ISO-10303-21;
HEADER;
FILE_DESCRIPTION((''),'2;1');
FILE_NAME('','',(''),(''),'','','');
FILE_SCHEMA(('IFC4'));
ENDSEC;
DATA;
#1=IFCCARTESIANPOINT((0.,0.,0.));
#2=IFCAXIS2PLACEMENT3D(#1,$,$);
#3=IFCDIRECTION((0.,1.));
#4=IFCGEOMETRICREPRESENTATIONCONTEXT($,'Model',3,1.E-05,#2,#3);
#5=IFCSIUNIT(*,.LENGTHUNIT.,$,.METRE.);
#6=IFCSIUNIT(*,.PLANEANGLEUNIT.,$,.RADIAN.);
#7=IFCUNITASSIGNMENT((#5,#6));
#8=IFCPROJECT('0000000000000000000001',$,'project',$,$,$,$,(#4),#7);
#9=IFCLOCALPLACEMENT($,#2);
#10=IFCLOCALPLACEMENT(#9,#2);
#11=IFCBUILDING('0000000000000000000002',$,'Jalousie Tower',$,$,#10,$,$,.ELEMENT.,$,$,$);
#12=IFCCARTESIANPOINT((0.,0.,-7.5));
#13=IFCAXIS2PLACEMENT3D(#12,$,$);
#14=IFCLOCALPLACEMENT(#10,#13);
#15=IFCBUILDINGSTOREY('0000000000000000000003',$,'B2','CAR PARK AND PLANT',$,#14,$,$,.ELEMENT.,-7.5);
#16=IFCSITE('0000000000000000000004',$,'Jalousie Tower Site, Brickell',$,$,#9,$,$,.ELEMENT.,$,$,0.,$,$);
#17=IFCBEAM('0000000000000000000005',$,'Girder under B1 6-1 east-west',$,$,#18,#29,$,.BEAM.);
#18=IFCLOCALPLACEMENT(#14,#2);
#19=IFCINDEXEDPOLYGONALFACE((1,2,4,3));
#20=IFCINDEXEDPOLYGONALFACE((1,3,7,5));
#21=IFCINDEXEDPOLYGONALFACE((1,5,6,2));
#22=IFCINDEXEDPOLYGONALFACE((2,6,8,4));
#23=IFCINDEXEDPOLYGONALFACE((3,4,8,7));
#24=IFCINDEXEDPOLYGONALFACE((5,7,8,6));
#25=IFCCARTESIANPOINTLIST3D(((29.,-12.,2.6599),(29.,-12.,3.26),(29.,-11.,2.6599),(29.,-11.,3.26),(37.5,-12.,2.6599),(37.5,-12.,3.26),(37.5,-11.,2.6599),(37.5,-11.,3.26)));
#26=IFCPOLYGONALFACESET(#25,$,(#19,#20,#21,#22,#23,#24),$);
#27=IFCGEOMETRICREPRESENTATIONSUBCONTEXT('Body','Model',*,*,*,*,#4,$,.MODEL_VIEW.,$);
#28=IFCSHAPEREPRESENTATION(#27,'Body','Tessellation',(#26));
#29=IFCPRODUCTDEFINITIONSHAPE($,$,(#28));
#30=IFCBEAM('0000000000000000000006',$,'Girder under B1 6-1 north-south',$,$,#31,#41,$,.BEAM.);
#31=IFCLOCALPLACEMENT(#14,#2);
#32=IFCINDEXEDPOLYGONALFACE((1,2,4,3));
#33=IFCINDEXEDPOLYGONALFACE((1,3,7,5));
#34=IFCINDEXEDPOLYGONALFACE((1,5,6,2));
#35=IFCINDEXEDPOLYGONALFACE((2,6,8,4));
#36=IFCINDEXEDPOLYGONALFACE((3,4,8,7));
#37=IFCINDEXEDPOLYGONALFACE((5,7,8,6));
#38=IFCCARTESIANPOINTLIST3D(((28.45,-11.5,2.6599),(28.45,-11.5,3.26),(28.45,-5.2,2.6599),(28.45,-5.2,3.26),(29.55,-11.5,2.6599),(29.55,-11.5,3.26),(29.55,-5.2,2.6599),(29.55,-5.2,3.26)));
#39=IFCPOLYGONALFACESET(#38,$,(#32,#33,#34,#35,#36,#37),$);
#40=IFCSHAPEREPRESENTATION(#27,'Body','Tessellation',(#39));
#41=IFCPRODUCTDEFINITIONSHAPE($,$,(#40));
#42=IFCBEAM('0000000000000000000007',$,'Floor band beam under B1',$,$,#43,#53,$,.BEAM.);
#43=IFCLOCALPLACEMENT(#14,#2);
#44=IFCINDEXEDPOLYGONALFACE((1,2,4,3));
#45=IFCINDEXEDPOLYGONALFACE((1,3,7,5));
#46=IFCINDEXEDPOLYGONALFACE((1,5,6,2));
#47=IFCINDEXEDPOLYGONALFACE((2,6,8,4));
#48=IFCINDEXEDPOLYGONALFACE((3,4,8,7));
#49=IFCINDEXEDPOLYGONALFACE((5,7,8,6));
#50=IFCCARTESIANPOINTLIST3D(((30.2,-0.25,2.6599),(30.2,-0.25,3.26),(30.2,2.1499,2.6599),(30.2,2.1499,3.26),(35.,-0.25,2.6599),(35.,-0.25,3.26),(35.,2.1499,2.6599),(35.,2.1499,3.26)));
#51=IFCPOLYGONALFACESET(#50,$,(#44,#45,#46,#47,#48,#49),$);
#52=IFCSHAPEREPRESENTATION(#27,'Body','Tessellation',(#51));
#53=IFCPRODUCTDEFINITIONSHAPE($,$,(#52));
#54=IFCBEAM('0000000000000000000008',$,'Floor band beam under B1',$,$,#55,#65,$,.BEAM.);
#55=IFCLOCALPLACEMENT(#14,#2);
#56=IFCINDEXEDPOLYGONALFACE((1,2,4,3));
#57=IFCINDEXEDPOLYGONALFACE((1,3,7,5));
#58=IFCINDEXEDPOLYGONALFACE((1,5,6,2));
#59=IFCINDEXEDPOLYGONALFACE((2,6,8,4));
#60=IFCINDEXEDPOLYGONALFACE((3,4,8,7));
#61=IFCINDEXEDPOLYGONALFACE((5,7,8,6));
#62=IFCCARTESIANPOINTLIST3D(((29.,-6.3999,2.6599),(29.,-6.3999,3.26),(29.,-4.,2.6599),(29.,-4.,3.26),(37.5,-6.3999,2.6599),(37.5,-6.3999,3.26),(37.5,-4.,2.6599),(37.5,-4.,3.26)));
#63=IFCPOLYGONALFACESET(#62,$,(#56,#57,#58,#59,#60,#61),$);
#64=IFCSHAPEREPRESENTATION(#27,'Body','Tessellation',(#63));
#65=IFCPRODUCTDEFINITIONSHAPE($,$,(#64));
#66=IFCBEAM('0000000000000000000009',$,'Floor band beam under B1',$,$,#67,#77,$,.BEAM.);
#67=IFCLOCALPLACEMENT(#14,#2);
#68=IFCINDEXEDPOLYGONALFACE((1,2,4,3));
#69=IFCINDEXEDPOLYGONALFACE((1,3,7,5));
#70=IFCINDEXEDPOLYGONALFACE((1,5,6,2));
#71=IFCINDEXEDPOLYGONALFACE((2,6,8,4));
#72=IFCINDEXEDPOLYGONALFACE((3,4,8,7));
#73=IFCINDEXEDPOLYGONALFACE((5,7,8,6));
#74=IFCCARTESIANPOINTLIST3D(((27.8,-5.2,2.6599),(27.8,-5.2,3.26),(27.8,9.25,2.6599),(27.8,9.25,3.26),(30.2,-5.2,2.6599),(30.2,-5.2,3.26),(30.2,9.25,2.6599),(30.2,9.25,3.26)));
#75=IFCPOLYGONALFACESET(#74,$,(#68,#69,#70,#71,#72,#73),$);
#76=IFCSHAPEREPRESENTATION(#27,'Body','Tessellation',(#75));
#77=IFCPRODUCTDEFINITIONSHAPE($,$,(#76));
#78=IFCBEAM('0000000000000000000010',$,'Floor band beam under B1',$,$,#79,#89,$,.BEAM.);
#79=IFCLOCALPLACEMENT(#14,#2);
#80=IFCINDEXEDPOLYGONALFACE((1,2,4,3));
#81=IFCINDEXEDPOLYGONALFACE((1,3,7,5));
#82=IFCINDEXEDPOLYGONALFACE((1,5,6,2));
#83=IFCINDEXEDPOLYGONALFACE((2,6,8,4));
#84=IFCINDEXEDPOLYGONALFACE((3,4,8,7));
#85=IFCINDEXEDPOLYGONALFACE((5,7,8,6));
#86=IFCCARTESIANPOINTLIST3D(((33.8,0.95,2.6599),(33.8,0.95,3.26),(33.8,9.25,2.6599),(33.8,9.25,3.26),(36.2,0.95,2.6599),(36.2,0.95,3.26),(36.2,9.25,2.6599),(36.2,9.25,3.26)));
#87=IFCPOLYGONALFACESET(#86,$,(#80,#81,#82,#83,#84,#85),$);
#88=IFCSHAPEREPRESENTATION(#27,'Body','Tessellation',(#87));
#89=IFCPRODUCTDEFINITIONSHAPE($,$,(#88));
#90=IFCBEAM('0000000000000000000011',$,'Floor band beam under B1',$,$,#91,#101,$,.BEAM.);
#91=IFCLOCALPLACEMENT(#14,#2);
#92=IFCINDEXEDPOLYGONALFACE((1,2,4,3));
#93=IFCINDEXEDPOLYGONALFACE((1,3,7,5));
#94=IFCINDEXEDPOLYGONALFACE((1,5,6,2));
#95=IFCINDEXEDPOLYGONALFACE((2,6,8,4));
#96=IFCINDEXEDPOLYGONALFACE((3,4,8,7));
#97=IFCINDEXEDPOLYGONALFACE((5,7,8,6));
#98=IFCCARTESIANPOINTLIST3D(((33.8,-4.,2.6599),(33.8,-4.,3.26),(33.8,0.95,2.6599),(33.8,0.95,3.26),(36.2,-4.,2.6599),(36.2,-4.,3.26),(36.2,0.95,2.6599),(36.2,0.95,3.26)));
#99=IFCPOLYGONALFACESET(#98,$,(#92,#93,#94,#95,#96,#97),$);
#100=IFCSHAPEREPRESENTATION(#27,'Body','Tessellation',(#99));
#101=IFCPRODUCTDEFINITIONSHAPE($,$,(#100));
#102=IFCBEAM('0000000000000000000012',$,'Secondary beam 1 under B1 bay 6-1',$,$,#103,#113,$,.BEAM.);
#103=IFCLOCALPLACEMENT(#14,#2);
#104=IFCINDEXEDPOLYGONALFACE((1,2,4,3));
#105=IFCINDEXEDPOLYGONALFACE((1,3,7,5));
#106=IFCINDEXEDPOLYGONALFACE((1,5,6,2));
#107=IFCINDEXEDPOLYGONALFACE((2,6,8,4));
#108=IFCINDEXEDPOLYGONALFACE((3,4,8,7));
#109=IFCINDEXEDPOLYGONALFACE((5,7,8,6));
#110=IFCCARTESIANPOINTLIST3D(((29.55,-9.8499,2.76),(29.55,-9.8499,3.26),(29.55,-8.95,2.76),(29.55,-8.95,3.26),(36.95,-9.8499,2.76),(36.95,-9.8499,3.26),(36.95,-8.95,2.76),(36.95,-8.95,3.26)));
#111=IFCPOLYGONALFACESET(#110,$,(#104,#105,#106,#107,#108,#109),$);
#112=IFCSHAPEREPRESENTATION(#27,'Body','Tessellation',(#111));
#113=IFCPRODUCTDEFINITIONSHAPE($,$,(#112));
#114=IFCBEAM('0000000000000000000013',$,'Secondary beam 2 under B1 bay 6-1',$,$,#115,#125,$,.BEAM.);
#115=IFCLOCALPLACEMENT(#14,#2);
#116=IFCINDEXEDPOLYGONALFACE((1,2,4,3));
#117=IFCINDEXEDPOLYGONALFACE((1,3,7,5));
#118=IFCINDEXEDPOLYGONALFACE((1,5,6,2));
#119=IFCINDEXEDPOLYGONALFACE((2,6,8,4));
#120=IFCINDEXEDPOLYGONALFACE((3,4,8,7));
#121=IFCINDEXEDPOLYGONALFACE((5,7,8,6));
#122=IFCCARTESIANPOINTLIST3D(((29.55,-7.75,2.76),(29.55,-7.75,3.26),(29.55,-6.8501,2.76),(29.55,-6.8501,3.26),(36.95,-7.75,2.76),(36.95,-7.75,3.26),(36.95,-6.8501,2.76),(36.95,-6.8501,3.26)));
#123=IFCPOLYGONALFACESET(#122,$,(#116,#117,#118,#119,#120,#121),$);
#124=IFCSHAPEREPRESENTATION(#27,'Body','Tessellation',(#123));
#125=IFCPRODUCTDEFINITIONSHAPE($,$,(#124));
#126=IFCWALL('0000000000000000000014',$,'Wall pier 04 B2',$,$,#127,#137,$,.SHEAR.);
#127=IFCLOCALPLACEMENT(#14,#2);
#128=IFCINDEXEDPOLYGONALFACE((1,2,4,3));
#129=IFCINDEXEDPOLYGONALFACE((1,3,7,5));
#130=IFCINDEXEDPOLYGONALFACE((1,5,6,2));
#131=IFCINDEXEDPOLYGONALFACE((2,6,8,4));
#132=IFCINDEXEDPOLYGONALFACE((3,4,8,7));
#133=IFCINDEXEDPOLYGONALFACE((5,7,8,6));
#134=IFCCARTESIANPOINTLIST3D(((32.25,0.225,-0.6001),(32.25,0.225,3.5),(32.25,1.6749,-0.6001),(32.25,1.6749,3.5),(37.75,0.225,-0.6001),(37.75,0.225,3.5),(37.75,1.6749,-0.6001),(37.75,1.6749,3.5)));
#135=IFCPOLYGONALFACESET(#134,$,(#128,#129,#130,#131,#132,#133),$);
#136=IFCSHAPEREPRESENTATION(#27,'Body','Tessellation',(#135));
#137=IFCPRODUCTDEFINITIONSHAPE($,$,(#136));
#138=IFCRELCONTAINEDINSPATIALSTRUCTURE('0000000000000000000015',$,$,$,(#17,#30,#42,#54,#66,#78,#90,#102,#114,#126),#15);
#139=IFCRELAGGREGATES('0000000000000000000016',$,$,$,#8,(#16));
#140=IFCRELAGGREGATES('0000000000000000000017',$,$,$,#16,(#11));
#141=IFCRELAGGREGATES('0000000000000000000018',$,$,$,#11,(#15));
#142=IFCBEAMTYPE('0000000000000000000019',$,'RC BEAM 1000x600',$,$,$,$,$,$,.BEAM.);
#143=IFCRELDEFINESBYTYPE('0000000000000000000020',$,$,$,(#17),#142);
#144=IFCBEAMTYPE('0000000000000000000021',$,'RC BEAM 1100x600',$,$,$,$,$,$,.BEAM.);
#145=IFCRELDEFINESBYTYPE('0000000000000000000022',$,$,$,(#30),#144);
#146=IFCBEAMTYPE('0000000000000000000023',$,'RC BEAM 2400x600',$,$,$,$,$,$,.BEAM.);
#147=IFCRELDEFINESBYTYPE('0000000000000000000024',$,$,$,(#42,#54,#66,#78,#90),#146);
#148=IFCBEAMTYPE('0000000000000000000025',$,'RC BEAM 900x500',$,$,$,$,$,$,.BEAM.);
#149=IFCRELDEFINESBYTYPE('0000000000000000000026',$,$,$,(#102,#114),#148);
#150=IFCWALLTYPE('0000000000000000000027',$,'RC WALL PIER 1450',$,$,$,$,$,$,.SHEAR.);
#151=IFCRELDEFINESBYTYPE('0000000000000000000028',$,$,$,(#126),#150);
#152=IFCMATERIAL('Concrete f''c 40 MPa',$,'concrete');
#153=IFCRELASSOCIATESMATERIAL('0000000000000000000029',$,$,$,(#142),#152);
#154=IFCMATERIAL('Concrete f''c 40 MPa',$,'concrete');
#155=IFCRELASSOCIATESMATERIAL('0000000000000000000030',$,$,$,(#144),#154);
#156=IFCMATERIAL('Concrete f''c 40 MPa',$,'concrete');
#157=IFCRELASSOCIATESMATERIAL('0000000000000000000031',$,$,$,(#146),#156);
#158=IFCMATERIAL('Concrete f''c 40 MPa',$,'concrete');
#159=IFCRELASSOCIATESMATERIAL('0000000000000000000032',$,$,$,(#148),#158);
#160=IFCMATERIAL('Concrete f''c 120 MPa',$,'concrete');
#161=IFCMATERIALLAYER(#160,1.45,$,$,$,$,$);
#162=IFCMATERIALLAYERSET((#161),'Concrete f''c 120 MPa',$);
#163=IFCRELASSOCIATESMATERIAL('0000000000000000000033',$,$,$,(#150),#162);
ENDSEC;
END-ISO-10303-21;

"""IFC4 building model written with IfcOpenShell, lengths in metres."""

from ifc_helpers import new_model, si_unit, direction, frame, frame_2d, origin, origin_2d, place, context, subcontext, project, spatial, rectangle, extrude, material, layer, layer_set, material_profile, profile_set, type_object, element, save


model = new_model("IFC4")

# Units and contexts
model_context = context("Model", 3, precision=1e-05, world=origin(), true_north=direction((0.0, 1.0)))
body_context = subcontext(model_context, "Body", "Model", "MODEL_VIEW")
ifc_project = project(units=[si_unit("LENGTHUNIT", "METRE"), si_unit("PLANEANGLEUNIT", "RADIAN")], contexts=[model_context])

# Site, building, storey
site_placement = place(None, origin())
site = spatial("IfcSite", under=ifc_project, at=site_placement, Name="Jalousie Tower Site, Brickell", CompositionType="ELEMENT", RefElevation=0.0)
building_placement = place(site_placement, origin())
building = spatial("IfcBuilding", under=site, at=building_placement, Name="Jalousie Tower", CompositionType="ELEMENT")
storey_placement = place(building_placement, frame((0.0, 0.0, -7.5)))
storey = spatial("IfcBuildingStorey", under=building, at=storey_placement, Name="B2", Description="CAR PARK AND PLANT", CompositionType="ELEMENT", Elevation=-7.5)

# Beams
ifc_material_1 = material(Name="Concrete f'c 40 MPa", Category="concrete")
ifc_material_profile_1 = material_profile(ifc_material_1, rectangle(XDim=1.0, YDim=0.6001, at=origin_2d()), Name="RC 1000x600")
ifc_profile_set_1 = profile_set([ifc_material_profile_1], Name="Concrete f'c 40 MPa")
beam_type_1 = type_object("IfcBeamType", Name="RC BEAM 1000x600", PredefinedType="BEAM", material=ifc_profile_set_1)
beam_1_placement = place(storey_placement, frame((29.0, -11.5, 2.96), z_axis=(1.0, 0.0, 0.0), x_axis=(0.0, 1.0, 0.0)))
element("IfcBeam", 1, at=beam_1_placement, inside=storey, type_object=beam_type_1, Name="Girder under B1 6-1 east-west", PredefinedType="BEAM", context=body_context, shape_type="SweptSolid", body=[
    extrude(rectangle(XDim=1.0, YDim=0.6001, at=origin_2d()), origin(), (0.0, 0.0, 1.0), 8.5),
])
ifc_material_2 = material(Name="Concrete f'c 40 MPa", Category="concrete")
ifc_material_profile_2 = material_profile(ifc_material_2, rectangle(XDim=1.1001, YDim=0.6001, at=origin_2d()), Name="RC 1100x600")
ifc_profile_set_2 = profile_set([ifc_material_profile_2], Name="Concrete f'c 40 MPa")
beam_type_2 = type_object("IfcBeamType", Name="RC BEAM 1100x600", PredefinedType="BEAM", material=ifc_profile_set_2)
beam_2_placement = place(storey_placement, frame((29.0, -11.5, 2.96), z_axis=(0.0, 1.0, 0.0), x_axis=(-1.0, 0.0, 0.0)))
element("IfcBeam", 2, at=beam_2_placement, inside=storey, type_object=beam_type_2, Name="Girder under B1 6-1 north-south", PredefinedType="BEAM", context=body_context, shape_type="SweptSolid", body=[
    extrude(rectangle(XDim=1.1001, YDim=0.6001, at=origin_2d()), origin(), (0.0, 0.0, 1.0), 6.3),
])
ifc_material_3 = material(Name="Concrete f'c 40 MPa", Category="concrete")
ifc_material_profile_3 = material_profile(ifc_material_3, rectangle(XDim=2.3999, YDim=0.6001, at=origin_2d()), Name="RC 2400x600")
ifc_profile_set_3 = profile_set([ifc_material_profile_3], Name="Concrete f'c 40 MPa")
beam_type_3 = type_object("IfcBeamType", Name="RC BEAM 2400x600", PredefinedType="BEAM", material=ifc_profile_set_3)
beam_3_placement = place(storey_placement, frame((30.2, 0.95, 2.96), z_axis=(1.0, 0.0, 0.0), x_axis=(0.0, 1.0, 0.0)))
element("IfcBeam", 3, at=beam_3_placement, inside=storey, type_object=beam_type_3, Name="Floor band beam under B1", PredefinedType="BEAM", context=body_context, shape_type="SweptSolid", body=[
    extrude(rectangle(XDim=2.3999, YDim=0.6001, at=origin_2d()), origin(), (0.0, 0.0, 1.0), 4.8),
])
beam_4_placement = place(storey_placement, frame((29.0, -5.2, 2.96), z_axis=(1.0, 0.0, 0.0), x_axis=(0.0, 1.0, 0.0)))
element("IfcBeam", 4, at=beam_4_placement, inside=storey, type_object=beam_type_3, Name="Floor band beam under B1", PredefinedType="BEAM", context=body_context, shape_type="SweptSolid", body=[
    extrude(rectangle(XDim=2.3999, YDim=0.6001, at=origin_2d()), origin(), (0.0, 0.0, 1.0), 8.5),
])
beam_5_placement = place(storey_placement, frame((29.0, -5.2, 2.96), z_axis=(0.0, 1.0, 0.0), x_axis=(-1.0, 0.0, 0.0)))
element("IfcBeam", 5, at=beam_5_placement, inside=storey, type_object=beam_type_3, Name="Floor band beam under B1", PredefinedType="BEAM", context=body_context, shape_type="SweptSolid", body=[
    extrude(rectangle(XDim=2.3999, YDim=0.6001, at=origin_2d()), origin(), (0.0, 0.0, 1.0), 14.45),
])
beam_6_placement = place(storey_placement, frame((35.0, 0.95, 2.96), z_axis=(0.0, 1.0, 0.0), x_axis=(-1.0, 0.0, 0.0)))
element("IfcBeam", 6, at=beam_6_placement, inside=storey, type_object=beam_type_3, Name="Floor band beam under B1", PredefinedType="BEAM", context=body_context, shape_type="SweptSolid", body=[
    extrude(rectangle(XDim=2.3999, YDim=0.6001, at=origin_2d()), origin(), (0.0, 0.0, 1.0), 8.3),
])
beam_7_placement = place(storey_placement, frame((35.0, 0.95, 2.96), z_axis=(0.0, -1.0, 0.0), x_axis=(1.0, 0.0, 0.0)))
element("IfcBeam", 7, at=beam_7_placement, inside=storey, type_object=beam_type_3, Name="Floor band beam under B1", PredefinedType="BEAM", context=body_context, shape_type="SweptSolid", body=[
    extrude(rectangle(XDim=2.3999, YDim=0.6001, at=origin_2d()), origin(), (0.0, 0.0, 1.0), 4.95),
])
ifc_material_4 = material(Name="Concrete f'c 40 MPa", Category="concrete")
ifc_material_profile_4 = material_profile(ifc_material_4, rectangle(XDim=0.8999, YDim=0.5, at=origin_2d()), Name="RC 900x500")
ifc_profile_set_4 = profile_set([ifc_material_profile_4], Name="Concrete f'c 40 MPa")
beam_type_4 = type_object("IfcBeamType", Name="RC BEAM 900x500", PredefinedType="BEAM", material=ifc_profile_set_4)
for number, where, z_axis, x_axis, name in (
    (8, (29.55, -9.3999, 3.01), (1.0, 0.0, 0.0), (0.0, 1.0, 0.0), "Secondary beam 1 under B1 bay 6-1"),
    (9, (29.55, -7.3, 3.01), (1.0, 0.0, 0.0), (0.0, 1.0, 0.0), "Secondary beam 2 under B1 bay 6-1"),
):
    element("IfcBeam", number, at=place(storey_placement, frame(where, z_axis=z_axis, x_axis=x_axis)), inside=storey, type_object=beam_type_4, Name=name, PredefinedType="BEAM", context=body_context, shape_type="SweptSolid", body=[
        extrude(rectangle(XDim=0.8999, YDim=0.5, at=origin_2d()), origin(), (0.0, 0.0, 1.0), 7.3999),
    ])

# Wall
ifc_material_5 = material(Name="Concrete f'c 120 MPa", Category="concrete")
ifc_layer = layer(ifc_material_5, 1.45)
ifc_layer_set = layer_set([ifc_layer], Name="Concrete f'c 120 MPa")
wall_type = type_object("IfcWallType", Name="RC WALL PIER 1450", PredefinedType="SHEAR", material=ifc_layer_set)
wall_placement = place(storey_placement, frame((32.25, 0.95, -0.6001), z_axis=(0.0, 0.0, 1.0), x_axis=(1.0, 0.0, 0.0)))
element("IfcWall", 10, at=wall_placement, inside=storey, type_object=wall_type, Name="Wall pier 04 B2", PredefinedType="SHEAR", context=body_context, shape_type="SweptSolid", body=[
    extrude(rectangle(XDim=5.5, YDim=1.45, at=frame_2d((2.75, 0.0))), origin(), (0.0, 0.0, 1.0), 4.1001),
])

save(model, "model.ifc")
